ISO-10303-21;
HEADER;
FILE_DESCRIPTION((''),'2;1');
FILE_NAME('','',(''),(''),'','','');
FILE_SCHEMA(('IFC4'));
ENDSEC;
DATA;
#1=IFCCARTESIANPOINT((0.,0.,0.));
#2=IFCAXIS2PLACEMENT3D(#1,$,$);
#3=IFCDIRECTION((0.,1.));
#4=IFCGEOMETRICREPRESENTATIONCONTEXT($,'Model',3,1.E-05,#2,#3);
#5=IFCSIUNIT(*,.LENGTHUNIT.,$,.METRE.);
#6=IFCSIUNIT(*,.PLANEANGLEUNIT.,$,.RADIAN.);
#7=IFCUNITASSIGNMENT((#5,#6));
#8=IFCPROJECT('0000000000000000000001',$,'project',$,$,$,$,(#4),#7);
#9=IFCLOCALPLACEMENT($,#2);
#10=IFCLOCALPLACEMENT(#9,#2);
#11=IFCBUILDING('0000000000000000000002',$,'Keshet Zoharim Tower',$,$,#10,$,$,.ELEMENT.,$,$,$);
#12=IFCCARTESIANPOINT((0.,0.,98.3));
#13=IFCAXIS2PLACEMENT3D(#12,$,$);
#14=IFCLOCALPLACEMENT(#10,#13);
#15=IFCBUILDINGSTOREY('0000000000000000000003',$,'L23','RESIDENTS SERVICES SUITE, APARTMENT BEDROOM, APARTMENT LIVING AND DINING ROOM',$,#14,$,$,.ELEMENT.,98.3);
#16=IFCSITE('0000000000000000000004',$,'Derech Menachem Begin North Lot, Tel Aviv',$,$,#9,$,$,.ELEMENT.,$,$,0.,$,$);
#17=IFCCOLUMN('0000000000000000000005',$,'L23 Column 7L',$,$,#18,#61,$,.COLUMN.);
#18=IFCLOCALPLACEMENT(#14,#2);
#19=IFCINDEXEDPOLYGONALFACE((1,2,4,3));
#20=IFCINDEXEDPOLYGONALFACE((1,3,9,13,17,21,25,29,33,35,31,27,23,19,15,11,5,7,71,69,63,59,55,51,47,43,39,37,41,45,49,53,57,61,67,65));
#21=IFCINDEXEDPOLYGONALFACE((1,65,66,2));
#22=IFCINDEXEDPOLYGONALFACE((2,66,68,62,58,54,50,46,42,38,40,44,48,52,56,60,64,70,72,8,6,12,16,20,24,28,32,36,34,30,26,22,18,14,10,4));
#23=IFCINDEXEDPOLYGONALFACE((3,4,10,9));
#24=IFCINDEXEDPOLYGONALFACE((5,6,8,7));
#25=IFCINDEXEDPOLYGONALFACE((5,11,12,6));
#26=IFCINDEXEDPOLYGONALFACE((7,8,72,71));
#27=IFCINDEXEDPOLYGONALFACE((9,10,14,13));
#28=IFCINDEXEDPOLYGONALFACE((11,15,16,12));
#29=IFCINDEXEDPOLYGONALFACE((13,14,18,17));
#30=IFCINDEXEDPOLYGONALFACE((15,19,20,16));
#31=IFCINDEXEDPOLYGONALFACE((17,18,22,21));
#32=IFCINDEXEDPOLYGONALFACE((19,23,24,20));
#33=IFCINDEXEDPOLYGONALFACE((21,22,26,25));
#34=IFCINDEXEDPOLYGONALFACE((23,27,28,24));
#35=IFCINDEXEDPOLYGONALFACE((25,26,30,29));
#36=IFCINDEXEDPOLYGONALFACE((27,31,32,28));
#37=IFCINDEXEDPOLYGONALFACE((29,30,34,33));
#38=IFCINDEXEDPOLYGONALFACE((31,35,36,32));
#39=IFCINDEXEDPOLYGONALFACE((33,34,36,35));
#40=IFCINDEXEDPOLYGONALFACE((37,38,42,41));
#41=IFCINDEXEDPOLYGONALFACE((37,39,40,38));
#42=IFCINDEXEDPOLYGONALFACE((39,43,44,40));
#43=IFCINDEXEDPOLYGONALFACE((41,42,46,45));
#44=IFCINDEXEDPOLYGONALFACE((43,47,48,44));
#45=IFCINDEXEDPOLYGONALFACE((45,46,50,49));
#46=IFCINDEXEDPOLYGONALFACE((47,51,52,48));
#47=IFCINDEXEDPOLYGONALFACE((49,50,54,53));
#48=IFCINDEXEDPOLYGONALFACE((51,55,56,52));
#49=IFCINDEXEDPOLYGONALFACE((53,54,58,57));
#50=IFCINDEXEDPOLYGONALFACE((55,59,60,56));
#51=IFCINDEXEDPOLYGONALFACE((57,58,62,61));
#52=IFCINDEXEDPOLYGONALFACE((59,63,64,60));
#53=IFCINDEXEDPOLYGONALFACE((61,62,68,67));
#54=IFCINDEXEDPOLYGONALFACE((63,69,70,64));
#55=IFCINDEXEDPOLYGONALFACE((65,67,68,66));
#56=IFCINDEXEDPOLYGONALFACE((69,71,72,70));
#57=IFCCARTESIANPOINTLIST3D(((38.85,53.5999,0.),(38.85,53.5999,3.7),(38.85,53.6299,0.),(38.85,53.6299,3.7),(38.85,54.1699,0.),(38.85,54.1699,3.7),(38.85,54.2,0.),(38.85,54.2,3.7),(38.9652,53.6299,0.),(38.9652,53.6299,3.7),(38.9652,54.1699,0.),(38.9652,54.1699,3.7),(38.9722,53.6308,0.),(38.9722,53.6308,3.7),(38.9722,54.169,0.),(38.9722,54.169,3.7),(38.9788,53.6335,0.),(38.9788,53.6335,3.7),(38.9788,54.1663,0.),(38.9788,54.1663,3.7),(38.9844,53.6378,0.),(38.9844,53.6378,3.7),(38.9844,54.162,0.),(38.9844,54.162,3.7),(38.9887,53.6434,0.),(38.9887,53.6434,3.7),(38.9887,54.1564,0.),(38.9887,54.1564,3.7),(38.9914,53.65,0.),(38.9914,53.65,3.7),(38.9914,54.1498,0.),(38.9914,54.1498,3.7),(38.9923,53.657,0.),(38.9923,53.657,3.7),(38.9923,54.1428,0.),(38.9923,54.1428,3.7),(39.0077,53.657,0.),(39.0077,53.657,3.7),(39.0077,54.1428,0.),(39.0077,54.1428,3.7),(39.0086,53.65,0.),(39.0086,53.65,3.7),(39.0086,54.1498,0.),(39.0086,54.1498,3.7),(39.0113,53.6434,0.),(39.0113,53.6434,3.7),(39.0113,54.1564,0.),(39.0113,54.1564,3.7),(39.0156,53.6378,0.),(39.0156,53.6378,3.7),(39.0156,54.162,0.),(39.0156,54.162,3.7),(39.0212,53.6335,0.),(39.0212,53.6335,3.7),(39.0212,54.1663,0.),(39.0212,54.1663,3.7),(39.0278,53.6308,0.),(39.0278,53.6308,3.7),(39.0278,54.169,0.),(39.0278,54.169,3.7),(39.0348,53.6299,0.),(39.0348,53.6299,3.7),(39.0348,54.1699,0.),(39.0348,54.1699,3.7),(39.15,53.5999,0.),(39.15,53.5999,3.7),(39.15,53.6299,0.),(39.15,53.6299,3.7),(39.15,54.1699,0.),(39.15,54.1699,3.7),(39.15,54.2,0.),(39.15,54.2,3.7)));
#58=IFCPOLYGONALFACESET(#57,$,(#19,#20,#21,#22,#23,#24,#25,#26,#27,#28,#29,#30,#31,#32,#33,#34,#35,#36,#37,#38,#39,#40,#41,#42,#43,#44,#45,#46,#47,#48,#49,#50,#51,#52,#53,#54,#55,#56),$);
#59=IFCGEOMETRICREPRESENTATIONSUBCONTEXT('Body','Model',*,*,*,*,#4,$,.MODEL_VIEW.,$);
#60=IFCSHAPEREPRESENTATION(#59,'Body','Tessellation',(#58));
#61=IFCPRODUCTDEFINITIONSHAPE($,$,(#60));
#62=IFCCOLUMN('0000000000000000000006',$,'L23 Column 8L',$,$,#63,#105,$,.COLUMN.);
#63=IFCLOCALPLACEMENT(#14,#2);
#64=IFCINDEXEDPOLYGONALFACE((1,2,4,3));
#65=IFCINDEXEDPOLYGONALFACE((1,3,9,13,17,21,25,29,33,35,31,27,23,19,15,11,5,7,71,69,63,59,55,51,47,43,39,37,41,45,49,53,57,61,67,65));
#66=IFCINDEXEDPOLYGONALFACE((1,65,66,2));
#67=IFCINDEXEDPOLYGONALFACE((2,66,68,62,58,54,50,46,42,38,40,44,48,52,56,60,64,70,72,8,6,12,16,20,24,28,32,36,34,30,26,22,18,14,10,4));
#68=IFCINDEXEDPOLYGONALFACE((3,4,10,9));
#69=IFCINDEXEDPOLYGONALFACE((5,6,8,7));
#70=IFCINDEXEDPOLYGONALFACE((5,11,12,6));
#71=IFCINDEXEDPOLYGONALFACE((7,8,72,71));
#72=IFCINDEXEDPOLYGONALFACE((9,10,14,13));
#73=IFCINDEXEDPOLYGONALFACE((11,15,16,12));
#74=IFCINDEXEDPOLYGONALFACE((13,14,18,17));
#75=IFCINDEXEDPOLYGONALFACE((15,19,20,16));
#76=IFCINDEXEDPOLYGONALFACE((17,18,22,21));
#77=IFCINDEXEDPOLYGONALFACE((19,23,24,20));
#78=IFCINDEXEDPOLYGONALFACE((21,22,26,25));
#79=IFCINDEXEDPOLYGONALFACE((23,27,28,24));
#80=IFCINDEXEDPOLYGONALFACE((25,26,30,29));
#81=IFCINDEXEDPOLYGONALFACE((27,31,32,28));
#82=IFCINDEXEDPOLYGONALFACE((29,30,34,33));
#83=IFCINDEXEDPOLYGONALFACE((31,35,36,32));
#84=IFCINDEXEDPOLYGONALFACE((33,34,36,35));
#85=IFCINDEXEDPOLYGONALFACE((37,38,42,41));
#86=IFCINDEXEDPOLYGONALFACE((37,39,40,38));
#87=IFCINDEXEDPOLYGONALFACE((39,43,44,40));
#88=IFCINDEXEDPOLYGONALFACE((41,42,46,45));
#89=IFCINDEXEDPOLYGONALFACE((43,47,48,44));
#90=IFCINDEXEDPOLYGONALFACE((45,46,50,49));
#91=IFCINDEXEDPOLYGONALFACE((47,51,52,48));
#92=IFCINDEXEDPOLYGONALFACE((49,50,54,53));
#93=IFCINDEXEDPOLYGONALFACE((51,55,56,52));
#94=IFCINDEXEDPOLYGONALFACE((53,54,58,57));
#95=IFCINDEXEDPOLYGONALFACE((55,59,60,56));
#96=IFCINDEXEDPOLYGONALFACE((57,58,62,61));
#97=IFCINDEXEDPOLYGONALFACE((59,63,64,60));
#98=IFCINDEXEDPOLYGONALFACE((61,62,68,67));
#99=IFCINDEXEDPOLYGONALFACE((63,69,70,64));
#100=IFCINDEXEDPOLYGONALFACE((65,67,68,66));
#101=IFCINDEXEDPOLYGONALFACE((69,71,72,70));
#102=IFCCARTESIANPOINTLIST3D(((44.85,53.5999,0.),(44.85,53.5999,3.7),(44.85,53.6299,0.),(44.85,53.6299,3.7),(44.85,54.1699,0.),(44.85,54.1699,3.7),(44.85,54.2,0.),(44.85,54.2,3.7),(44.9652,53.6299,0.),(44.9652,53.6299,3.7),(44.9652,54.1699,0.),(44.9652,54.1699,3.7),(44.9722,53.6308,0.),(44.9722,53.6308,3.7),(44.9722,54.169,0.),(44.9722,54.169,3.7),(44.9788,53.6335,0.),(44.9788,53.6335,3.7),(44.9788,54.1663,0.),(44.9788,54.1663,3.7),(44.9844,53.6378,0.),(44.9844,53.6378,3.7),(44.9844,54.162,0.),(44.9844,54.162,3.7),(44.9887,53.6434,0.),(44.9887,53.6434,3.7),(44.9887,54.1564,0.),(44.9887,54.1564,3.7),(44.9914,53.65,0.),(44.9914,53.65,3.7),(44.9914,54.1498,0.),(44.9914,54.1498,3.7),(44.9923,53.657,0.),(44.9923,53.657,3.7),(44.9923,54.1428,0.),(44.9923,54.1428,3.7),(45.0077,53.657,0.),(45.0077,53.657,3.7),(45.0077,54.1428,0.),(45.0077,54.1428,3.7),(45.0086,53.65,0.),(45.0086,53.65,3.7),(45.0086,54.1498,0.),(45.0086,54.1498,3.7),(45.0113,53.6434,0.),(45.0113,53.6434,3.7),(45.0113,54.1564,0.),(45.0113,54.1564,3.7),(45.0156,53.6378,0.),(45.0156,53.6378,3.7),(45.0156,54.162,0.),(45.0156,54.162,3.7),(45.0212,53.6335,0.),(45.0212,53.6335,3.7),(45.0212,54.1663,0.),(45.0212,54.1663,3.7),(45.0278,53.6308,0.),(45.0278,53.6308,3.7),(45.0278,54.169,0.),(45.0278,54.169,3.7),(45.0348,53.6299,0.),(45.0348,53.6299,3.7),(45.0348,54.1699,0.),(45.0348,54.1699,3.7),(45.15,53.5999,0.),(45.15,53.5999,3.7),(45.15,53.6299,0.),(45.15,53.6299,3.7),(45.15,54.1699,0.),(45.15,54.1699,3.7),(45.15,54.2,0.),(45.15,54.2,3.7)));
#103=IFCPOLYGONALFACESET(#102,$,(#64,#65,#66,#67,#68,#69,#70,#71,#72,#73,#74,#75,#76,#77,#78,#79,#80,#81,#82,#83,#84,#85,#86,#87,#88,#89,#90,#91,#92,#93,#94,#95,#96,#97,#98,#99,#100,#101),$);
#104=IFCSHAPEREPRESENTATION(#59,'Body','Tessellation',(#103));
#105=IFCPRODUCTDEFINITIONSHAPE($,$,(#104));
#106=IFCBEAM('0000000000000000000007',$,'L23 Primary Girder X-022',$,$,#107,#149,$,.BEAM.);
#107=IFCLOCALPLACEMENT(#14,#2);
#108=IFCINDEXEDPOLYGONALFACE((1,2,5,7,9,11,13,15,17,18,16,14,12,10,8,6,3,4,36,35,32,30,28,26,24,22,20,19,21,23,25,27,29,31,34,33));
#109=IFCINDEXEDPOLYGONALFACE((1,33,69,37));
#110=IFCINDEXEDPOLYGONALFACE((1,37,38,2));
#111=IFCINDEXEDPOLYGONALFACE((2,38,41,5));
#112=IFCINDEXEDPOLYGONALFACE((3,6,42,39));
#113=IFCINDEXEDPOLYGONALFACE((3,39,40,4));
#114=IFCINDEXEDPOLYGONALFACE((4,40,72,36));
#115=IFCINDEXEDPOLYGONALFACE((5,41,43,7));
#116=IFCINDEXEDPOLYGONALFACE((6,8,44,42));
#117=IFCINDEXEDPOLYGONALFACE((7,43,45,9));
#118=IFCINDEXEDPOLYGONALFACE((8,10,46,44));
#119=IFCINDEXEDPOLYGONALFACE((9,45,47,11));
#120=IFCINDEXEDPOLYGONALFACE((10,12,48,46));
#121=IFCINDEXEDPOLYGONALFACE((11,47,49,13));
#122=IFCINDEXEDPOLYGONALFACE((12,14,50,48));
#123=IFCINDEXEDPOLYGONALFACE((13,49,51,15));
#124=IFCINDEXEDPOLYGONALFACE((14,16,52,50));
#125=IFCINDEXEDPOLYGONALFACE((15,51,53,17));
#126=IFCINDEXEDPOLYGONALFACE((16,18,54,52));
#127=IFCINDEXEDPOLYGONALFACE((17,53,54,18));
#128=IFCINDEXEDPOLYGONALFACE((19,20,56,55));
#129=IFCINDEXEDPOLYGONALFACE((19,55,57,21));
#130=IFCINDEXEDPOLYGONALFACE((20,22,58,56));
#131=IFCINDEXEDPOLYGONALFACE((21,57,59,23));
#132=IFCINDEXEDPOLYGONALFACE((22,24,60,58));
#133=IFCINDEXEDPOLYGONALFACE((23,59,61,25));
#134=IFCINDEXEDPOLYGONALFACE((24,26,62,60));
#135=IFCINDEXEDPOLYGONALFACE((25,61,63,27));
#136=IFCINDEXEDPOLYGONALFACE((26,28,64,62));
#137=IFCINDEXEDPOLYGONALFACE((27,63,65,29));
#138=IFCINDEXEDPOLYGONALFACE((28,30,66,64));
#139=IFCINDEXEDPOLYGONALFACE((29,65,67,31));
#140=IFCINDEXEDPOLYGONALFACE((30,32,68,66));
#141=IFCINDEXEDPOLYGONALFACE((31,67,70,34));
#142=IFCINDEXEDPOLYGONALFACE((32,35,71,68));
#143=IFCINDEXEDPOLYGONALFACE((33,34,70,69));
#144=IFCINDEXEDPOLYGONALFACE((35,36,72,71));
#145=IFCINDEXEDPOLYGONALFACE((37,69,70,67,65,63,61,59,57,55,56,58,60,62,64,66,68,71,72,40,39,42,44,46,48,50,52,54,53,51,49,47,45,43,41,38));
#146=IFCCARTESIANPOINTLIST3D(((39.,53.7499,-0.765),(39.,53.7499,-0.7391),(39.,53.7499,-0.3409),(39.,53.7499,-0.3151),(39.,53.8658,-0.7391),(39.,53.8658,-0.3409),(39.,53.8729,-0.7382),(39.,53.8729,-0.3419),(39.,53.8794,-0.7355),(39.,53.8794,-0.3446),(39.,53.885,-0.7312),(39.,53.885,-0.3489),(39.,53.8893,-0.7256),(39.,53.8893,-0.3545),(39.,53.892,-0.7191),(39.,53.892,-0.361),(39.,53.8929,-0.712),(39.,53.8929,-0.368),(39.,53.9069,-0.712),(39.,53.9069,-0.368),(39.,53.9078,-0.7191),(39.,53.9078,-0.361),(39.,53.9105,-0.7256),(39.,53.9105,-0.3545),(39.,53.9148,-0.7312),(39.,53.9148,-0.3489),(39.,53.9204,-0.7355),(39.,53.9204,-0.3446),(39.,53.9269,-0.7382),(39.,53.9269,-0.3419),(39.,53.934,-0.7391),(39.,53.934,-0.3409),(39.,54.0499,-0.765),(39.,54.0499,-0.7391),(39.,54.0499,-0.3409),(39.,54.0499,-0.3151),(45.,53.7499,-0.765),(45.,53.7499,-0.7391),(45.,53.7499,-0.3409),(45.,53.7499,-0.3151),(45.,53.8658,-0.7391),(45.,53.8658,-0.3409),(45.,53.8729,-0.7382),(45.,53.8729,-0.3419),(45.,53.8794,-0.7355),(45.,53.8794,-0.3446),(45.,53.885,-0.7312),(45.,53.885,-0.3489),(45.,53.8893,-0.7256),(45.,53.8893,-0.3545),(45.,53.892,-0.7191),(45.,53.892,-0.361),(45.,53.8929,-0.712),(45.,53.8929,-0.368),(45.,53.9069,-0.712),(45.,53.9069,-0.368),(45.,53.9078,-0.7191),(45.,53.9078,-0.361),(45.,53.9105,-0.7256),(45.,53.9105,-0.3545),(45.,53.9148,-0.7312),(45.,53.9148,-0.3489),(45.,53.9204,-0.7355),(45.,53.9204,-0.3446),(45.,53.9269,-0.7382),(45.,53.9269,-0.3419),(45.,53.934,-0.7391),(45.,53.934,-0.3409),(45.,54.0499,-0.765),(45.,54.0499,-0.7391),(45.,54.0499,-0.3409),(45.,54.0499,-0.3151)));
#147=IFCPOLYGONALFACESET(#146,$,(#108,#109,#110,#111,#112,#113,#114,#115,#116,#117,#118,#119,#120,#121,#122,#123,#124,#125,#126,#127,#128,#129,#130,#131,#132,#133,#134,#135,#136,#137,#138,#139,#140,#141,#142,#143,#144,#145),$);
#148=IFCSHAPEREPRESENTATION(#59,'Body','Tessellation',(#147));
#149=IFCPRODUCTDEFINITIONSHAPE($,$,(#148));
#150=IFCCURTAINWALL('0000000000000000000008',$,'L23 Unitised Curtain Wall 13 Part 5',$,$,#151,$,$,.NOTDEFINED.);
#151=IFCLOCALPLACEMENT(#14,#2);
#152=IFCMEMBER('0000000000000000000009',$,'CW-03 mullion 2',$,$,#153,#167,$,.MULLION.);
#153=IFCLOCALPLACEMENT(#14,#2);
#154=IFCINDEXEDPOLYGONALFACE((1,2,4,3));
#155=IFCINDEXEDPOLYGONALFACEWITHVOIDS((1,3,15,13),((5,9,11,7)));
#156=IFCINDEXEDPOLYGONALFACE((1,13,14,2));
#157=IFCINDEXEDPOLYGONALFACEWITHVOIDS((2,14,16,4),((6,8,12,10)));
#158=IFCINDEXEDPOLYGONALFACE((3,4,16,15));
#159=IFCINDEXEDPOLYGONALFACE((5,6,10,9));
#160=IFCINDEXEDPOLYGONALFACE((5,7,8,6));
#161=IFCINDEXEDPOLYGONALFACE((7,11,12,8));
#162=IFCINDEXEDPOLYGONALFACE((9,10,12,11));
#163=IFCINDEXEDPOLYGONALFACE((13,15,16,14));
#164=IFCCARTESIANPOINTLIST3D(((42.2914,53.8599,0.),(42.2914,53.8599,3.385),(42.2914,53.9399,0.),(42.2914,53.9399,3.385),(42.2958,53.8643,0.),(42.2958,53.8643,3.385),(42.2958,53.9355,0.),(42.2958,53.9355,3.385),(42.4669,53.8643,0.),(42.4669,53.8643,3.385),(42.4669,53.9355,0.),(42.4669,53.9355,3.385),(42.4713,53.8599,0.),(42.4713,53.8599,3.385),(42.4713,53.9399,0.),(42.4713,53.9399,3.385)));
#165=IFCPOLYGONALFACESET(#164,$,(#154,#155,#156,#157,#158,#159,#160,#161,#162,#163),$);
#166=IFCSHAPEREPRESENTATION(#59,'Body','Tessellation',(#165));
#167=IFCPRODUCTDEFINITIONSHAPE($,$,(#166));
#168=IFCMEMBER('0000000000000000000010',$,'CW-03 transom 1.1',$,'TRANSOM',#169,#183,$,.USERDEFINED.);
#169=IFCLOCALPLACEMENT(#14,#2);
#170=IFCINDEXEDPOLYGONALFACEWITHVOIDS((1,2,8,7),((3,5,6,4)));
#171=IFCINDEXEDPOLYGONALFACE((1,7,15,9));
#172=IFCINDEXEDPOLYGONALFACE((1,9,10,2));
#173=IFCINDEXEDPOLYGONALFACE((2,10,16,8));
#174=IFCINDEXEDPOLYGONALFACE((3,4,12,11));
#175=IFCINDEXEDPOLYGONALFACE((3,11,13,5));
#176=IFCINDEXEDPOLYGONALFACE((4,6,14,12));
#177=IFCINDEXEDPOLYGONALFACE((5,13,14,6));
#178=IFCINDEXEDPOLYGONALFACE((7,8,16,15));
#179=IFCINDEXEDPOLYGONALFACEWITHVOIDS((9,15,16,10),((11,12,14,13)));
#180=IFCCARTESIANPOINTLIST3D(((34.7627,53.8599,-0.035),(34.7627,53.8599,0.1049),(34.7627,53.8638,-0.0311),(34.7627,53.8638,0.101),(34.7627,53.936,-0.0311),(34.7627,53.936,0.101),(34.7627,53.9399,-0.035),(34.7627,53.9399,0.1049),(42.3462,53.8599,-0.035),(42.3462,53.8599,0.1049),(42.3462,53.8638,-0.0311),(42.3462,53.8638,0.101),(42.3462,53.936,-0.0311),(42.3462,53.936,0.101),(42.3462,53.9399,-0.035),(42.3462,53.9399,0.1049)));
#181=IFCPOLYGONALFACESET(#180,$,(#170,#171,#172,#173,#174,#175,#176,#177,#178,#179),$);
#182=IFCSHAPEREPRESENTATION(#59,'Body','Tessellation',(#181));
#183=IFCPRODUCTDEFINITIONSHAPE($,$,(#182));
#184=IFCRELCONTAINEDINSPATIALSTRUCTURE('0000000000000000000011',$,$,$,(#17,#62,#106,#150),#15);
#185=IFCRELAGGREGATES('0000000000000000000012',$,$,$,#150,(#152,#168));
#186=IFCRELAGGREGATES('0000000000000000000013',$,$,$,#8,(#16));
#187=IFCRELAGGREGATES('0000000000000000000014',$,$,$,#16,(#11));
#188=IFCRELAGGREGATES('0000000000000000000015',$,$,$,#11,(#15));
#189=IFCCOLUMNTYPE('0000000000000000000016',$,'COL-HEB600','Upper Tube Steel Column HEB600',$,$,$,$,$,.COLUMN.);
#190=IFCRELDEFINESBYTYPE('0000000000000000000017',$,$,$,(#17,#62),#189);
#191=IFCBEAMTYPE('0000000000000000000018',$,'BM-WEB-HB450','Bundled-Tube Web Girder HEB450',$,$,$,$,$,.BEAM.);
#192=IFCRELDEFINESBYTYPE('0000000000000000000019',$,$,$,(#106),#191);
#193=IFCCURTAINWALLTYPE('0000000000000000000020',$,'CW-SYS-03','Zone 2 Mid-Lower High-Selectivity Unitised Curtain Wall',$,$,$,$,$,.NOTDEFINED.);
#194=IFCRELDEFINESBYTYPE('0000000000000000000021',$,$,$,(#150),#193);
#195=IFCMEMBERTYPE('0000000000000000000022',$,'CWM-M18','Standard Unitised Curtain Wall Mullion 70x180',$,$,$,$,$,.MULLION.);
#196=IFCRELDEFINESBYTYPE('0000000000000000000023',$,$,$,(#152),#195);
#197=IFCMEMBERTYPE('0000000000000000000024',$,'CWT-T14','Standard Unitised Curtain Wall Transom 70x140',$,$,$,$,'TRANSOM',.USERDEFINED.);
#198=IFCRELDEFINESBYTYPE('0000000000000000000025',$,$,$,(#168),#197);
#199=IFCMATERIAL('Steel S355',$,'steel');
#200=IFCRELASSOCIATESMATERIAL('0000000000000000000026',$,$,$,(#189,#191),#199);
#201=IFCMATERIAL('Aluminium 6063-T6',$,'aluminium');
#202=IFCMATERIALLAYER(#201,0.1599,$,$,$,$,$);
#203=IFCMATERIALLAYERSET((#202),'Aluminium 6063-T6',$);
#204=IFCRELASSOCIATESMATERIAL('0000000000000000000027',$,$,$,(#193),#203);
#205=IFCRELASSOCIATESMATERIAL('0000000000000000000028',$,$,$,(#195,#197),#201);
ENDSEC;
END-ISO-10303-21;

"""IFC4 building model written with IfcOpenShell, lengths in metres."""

from ifc_helpers import new_model, si_unit, direction, frame, origin, origin_2d, place, context, subcontext, project, spatial, hollow_rectangle, i_section, extrude, material, layer, layer_set, material_profile, profile_set, type_object, element, aggregate, save


model = new_model("IFC4")

# Units and contexts
model_context = context("Model", 3, precision=1e-05, world=origin(), true_north=direction((0.0, 1.0)))
body_context = subcontext(model_context, "Body", "Model", "MODEL_VIEW")
ifc_project = project(units=[si_unit("LENGTHUNIT", "METRE"), si_unit("PLANEANGLEUNIT", "RADIAN")], contexts=[model_context])

# Site, building, storey
site_placement = place(None, origin())
site = spatial("IfcSite", under=ifc_project, at=site_placement, Name="Derech Menachem Begin North Lot, Tel Aviv", CompositionType="ELEMENT", RefElevation=0.0)
building_placement = place(site_placement, origin())
building = spatial("IfcBuilding", under=site, at=building_placement, Name="Keshet Zoharim Tower", CompositionType="ELEMENT")
storey_placement = place(building_placement, frame((0.0, 0.0, 98.3)))
storey = spatial("IfcBuildingStorey", under=building, at=storey_placement, Name="L23", Description="RESIDENTS SERVICES SUITE, APARTMENT BEDROOM, APARTMENT LIVING AND DINING ROOM", CompositionType="ELEMENT", Elevation=98.3)

# Columns
ifc_material_1 = material(Name="Steel S355", Category="steel")
ifc_material_profile_1 = material_profile(ifc_material_1, i_section(OverallWidth=0.3, OverallDepth=0.6001, WebThickness=0.0154, FlangeThickness=0.03, FilletRadius=0.0271, at=origin_2d()), Name="HEB600")
ifc_profile_set_1 = profile_set([ifc_material_profile_1], Name="Steel S355")
column_type = type_object("IfcColumnType", Name="COL-HEB600", Description="Upper Tube Steel Column HEB600", PredefinedType="COLUMN", material=ifc_profile_set_1)
for number, where, z_axis, x_axis, name in (
    (1, (39.0, 53.8999, 0.0), (0.0, 0.0, 1.0), (1.0, 0.0, 0.0), "L23 Column 7L"),
    (2, (45.0, 53.8999, 0.0), (0.0, 0.0, 1.0), (1.0, 0.0, 0.0), "L23 Column 8L"),
):
    element("IfcColumn", number, at=place(storey_placement, frame(where, z_axis=z_axis, x_axis=x_axis)), inside=storey, type_object=column_type, Name=name, PredefinedType="COLUMN", context=body_context, shape_type="SweptSolid", body=[
        extrude(i_section(OverallWidth=0.3, OverallDepth=0.6001, WebThickness=0.0154, FlangeThickness=0.03, FilletRadius=0.0271, at=origin_2d()), origin(), (0.0, 0.0, 1.0), 3.7),
    ])

# Beam
ifc_material_profile_2 = material_profile(ifc_material_1, i_section(OverallWidth=0.3, OverallDepth=0.45, WebThickness=0.0139, FlangeThickness=0.0259, FilletRadius=0.0271, at=origin_2d()), Name="HEB450")
ifc_profile_set_2 = profile_set([ifc_material_profile_2], Name="Steel S355")
beam_type = type_object("IfcBeamType", Name="BM-WEB-HB450", Description="Bundled-Tube Web Girder HEB450", PredefinedType="BEAM", material=ifc_profile_set_2)
beam_placement = place(storey_placement, frame((39.0, 53.8999, -0.54), z_axis=(1.0, 0.0, 0.0), x_axis=(0.0, 1.0, 0.0)))
element("IfcBeam", 3, at=beam_placement, inside=storey, type_object=beam_type, Name="L23 Primary Girder X-022", PredefinedType="BEAM", context=body_context, shape_type="SweptSolid", body=[
    extrude(i_section(OverallWidth=0.3, OverallDepth=0.45, WebThickness=0.0139, FlangeThickness=0.0259, FilletRadius=0.0271, at=origin_2d()), origin(), (0.0, 0.0, 1.0), 6.0),
])

# Curtain wall, members
ifc_material_2 = material(Name="Aluminium 6063-T6", Category="aluminium")
ifc_layer_1 = layer(ifc_material_2, 0.1599)
ifc_layer_set_1 = layer_set([ifc_layer_1], Name="Aluminium 6063-T6")
curtain_wall_type = type_object("IfcCurtainWallType", Name="CW-SYS-03", Description="Zone 2 Mid-Lower High-Selectivity Unitised Curtain Wall", PredefinedType="NOTDEFINED", material=ifc_layer_set_1)
curtain_wall_placement = place(storey_placement, origin())
curtain_wall = element("IfcCurtainWall", 4, at=curtain_wall_placement, inside=storey, type_object=curtain_wall_type, Name="L23 Unitised Curtain Wall 13 Part 5", PredefinedType="NOTDEFINED")
ifc_material_profile_3 = material_profile(ifc_material_2, hollow_rectangle(XDim=0.0801, YDim=0.1799, WallThickness=0.0044, at=origin_2d()), Name="MUL-80x180")
ifc_profile_set_3 = profile_set([ifc_material_profile_3], Name="Aluminium 6063-T6")
member_type_1 = type_object("IfcMemberType", Name="CWM-M18", Description="Standard Unitised Curtain Wall Mullion 70x180", PredefinedType="MULLION", material=ifc_profile_set_3)
member_1_placement = place(storey_placement, frame((42.3813, 53.8999, 0.0), z_axis=(0.0, 0.0, 1.0), x_axis=(0.0, 1.0, 0.0)))
member_1 = element("IfcMember", 5, at=member_1_placement, type_object=member_type_1, Name="CW-03 mullion 2", PredefinedType="MULLION", context=body_context, shape_type="SweptSolid", body=[
    extrude(hollow_rectangle(XDim=0.0801, YDim=0.1799, WallThickness=0.0044, at=origin_2d()), origin(), (0.0, 0.0, 1.0), 3.385),
])
ifc_material_profile_4 = material_profile(ifc_material_2, hollow_rectangle(XDim=0.0801, YDim=0.1399, WallThickness=0.0039, at=origin_2d()), Name="TRN-80x140")
ifc_profile_set_4 = profile_set([ifc_material_profile_4], Name="Aluminium 6063-T6")
member_type_2 = type_object("IfcMemberType", Name="CWT-T14", Description="Standard Unitised Curtain Wall Transom 70x140", ElementType="TRANSOM", PredefinedType="USERDEFINED", material=ifc_profile_set_4)
member_2_placement = place(storey_placement, frame((34.7627, 53.8999, 0.0349), z_axis=(1.0, 0.0, 0.0), x_axis=(0.0, 1.0, 0.0)))
member_2 = element("IfcMember", 6, at=member_2_placement, type_object=member_type_2, Name="CW-03 transom 1.1", ObjectType="TRANSOM", PredefinedType="USERDEFINED", context=body_context, shape_type="SweptSolid", body=[
    extrude(hollow_rectangle(XDim=0.0801, YDim=0.1399, WallThickness=0.0039, at=origin_2d()), origin(), (0.0, 0.0, 1.0), 7.5835),
])
aggregate(curtain_wall, [member_1, member_2])

save(model, "model.ifc")
